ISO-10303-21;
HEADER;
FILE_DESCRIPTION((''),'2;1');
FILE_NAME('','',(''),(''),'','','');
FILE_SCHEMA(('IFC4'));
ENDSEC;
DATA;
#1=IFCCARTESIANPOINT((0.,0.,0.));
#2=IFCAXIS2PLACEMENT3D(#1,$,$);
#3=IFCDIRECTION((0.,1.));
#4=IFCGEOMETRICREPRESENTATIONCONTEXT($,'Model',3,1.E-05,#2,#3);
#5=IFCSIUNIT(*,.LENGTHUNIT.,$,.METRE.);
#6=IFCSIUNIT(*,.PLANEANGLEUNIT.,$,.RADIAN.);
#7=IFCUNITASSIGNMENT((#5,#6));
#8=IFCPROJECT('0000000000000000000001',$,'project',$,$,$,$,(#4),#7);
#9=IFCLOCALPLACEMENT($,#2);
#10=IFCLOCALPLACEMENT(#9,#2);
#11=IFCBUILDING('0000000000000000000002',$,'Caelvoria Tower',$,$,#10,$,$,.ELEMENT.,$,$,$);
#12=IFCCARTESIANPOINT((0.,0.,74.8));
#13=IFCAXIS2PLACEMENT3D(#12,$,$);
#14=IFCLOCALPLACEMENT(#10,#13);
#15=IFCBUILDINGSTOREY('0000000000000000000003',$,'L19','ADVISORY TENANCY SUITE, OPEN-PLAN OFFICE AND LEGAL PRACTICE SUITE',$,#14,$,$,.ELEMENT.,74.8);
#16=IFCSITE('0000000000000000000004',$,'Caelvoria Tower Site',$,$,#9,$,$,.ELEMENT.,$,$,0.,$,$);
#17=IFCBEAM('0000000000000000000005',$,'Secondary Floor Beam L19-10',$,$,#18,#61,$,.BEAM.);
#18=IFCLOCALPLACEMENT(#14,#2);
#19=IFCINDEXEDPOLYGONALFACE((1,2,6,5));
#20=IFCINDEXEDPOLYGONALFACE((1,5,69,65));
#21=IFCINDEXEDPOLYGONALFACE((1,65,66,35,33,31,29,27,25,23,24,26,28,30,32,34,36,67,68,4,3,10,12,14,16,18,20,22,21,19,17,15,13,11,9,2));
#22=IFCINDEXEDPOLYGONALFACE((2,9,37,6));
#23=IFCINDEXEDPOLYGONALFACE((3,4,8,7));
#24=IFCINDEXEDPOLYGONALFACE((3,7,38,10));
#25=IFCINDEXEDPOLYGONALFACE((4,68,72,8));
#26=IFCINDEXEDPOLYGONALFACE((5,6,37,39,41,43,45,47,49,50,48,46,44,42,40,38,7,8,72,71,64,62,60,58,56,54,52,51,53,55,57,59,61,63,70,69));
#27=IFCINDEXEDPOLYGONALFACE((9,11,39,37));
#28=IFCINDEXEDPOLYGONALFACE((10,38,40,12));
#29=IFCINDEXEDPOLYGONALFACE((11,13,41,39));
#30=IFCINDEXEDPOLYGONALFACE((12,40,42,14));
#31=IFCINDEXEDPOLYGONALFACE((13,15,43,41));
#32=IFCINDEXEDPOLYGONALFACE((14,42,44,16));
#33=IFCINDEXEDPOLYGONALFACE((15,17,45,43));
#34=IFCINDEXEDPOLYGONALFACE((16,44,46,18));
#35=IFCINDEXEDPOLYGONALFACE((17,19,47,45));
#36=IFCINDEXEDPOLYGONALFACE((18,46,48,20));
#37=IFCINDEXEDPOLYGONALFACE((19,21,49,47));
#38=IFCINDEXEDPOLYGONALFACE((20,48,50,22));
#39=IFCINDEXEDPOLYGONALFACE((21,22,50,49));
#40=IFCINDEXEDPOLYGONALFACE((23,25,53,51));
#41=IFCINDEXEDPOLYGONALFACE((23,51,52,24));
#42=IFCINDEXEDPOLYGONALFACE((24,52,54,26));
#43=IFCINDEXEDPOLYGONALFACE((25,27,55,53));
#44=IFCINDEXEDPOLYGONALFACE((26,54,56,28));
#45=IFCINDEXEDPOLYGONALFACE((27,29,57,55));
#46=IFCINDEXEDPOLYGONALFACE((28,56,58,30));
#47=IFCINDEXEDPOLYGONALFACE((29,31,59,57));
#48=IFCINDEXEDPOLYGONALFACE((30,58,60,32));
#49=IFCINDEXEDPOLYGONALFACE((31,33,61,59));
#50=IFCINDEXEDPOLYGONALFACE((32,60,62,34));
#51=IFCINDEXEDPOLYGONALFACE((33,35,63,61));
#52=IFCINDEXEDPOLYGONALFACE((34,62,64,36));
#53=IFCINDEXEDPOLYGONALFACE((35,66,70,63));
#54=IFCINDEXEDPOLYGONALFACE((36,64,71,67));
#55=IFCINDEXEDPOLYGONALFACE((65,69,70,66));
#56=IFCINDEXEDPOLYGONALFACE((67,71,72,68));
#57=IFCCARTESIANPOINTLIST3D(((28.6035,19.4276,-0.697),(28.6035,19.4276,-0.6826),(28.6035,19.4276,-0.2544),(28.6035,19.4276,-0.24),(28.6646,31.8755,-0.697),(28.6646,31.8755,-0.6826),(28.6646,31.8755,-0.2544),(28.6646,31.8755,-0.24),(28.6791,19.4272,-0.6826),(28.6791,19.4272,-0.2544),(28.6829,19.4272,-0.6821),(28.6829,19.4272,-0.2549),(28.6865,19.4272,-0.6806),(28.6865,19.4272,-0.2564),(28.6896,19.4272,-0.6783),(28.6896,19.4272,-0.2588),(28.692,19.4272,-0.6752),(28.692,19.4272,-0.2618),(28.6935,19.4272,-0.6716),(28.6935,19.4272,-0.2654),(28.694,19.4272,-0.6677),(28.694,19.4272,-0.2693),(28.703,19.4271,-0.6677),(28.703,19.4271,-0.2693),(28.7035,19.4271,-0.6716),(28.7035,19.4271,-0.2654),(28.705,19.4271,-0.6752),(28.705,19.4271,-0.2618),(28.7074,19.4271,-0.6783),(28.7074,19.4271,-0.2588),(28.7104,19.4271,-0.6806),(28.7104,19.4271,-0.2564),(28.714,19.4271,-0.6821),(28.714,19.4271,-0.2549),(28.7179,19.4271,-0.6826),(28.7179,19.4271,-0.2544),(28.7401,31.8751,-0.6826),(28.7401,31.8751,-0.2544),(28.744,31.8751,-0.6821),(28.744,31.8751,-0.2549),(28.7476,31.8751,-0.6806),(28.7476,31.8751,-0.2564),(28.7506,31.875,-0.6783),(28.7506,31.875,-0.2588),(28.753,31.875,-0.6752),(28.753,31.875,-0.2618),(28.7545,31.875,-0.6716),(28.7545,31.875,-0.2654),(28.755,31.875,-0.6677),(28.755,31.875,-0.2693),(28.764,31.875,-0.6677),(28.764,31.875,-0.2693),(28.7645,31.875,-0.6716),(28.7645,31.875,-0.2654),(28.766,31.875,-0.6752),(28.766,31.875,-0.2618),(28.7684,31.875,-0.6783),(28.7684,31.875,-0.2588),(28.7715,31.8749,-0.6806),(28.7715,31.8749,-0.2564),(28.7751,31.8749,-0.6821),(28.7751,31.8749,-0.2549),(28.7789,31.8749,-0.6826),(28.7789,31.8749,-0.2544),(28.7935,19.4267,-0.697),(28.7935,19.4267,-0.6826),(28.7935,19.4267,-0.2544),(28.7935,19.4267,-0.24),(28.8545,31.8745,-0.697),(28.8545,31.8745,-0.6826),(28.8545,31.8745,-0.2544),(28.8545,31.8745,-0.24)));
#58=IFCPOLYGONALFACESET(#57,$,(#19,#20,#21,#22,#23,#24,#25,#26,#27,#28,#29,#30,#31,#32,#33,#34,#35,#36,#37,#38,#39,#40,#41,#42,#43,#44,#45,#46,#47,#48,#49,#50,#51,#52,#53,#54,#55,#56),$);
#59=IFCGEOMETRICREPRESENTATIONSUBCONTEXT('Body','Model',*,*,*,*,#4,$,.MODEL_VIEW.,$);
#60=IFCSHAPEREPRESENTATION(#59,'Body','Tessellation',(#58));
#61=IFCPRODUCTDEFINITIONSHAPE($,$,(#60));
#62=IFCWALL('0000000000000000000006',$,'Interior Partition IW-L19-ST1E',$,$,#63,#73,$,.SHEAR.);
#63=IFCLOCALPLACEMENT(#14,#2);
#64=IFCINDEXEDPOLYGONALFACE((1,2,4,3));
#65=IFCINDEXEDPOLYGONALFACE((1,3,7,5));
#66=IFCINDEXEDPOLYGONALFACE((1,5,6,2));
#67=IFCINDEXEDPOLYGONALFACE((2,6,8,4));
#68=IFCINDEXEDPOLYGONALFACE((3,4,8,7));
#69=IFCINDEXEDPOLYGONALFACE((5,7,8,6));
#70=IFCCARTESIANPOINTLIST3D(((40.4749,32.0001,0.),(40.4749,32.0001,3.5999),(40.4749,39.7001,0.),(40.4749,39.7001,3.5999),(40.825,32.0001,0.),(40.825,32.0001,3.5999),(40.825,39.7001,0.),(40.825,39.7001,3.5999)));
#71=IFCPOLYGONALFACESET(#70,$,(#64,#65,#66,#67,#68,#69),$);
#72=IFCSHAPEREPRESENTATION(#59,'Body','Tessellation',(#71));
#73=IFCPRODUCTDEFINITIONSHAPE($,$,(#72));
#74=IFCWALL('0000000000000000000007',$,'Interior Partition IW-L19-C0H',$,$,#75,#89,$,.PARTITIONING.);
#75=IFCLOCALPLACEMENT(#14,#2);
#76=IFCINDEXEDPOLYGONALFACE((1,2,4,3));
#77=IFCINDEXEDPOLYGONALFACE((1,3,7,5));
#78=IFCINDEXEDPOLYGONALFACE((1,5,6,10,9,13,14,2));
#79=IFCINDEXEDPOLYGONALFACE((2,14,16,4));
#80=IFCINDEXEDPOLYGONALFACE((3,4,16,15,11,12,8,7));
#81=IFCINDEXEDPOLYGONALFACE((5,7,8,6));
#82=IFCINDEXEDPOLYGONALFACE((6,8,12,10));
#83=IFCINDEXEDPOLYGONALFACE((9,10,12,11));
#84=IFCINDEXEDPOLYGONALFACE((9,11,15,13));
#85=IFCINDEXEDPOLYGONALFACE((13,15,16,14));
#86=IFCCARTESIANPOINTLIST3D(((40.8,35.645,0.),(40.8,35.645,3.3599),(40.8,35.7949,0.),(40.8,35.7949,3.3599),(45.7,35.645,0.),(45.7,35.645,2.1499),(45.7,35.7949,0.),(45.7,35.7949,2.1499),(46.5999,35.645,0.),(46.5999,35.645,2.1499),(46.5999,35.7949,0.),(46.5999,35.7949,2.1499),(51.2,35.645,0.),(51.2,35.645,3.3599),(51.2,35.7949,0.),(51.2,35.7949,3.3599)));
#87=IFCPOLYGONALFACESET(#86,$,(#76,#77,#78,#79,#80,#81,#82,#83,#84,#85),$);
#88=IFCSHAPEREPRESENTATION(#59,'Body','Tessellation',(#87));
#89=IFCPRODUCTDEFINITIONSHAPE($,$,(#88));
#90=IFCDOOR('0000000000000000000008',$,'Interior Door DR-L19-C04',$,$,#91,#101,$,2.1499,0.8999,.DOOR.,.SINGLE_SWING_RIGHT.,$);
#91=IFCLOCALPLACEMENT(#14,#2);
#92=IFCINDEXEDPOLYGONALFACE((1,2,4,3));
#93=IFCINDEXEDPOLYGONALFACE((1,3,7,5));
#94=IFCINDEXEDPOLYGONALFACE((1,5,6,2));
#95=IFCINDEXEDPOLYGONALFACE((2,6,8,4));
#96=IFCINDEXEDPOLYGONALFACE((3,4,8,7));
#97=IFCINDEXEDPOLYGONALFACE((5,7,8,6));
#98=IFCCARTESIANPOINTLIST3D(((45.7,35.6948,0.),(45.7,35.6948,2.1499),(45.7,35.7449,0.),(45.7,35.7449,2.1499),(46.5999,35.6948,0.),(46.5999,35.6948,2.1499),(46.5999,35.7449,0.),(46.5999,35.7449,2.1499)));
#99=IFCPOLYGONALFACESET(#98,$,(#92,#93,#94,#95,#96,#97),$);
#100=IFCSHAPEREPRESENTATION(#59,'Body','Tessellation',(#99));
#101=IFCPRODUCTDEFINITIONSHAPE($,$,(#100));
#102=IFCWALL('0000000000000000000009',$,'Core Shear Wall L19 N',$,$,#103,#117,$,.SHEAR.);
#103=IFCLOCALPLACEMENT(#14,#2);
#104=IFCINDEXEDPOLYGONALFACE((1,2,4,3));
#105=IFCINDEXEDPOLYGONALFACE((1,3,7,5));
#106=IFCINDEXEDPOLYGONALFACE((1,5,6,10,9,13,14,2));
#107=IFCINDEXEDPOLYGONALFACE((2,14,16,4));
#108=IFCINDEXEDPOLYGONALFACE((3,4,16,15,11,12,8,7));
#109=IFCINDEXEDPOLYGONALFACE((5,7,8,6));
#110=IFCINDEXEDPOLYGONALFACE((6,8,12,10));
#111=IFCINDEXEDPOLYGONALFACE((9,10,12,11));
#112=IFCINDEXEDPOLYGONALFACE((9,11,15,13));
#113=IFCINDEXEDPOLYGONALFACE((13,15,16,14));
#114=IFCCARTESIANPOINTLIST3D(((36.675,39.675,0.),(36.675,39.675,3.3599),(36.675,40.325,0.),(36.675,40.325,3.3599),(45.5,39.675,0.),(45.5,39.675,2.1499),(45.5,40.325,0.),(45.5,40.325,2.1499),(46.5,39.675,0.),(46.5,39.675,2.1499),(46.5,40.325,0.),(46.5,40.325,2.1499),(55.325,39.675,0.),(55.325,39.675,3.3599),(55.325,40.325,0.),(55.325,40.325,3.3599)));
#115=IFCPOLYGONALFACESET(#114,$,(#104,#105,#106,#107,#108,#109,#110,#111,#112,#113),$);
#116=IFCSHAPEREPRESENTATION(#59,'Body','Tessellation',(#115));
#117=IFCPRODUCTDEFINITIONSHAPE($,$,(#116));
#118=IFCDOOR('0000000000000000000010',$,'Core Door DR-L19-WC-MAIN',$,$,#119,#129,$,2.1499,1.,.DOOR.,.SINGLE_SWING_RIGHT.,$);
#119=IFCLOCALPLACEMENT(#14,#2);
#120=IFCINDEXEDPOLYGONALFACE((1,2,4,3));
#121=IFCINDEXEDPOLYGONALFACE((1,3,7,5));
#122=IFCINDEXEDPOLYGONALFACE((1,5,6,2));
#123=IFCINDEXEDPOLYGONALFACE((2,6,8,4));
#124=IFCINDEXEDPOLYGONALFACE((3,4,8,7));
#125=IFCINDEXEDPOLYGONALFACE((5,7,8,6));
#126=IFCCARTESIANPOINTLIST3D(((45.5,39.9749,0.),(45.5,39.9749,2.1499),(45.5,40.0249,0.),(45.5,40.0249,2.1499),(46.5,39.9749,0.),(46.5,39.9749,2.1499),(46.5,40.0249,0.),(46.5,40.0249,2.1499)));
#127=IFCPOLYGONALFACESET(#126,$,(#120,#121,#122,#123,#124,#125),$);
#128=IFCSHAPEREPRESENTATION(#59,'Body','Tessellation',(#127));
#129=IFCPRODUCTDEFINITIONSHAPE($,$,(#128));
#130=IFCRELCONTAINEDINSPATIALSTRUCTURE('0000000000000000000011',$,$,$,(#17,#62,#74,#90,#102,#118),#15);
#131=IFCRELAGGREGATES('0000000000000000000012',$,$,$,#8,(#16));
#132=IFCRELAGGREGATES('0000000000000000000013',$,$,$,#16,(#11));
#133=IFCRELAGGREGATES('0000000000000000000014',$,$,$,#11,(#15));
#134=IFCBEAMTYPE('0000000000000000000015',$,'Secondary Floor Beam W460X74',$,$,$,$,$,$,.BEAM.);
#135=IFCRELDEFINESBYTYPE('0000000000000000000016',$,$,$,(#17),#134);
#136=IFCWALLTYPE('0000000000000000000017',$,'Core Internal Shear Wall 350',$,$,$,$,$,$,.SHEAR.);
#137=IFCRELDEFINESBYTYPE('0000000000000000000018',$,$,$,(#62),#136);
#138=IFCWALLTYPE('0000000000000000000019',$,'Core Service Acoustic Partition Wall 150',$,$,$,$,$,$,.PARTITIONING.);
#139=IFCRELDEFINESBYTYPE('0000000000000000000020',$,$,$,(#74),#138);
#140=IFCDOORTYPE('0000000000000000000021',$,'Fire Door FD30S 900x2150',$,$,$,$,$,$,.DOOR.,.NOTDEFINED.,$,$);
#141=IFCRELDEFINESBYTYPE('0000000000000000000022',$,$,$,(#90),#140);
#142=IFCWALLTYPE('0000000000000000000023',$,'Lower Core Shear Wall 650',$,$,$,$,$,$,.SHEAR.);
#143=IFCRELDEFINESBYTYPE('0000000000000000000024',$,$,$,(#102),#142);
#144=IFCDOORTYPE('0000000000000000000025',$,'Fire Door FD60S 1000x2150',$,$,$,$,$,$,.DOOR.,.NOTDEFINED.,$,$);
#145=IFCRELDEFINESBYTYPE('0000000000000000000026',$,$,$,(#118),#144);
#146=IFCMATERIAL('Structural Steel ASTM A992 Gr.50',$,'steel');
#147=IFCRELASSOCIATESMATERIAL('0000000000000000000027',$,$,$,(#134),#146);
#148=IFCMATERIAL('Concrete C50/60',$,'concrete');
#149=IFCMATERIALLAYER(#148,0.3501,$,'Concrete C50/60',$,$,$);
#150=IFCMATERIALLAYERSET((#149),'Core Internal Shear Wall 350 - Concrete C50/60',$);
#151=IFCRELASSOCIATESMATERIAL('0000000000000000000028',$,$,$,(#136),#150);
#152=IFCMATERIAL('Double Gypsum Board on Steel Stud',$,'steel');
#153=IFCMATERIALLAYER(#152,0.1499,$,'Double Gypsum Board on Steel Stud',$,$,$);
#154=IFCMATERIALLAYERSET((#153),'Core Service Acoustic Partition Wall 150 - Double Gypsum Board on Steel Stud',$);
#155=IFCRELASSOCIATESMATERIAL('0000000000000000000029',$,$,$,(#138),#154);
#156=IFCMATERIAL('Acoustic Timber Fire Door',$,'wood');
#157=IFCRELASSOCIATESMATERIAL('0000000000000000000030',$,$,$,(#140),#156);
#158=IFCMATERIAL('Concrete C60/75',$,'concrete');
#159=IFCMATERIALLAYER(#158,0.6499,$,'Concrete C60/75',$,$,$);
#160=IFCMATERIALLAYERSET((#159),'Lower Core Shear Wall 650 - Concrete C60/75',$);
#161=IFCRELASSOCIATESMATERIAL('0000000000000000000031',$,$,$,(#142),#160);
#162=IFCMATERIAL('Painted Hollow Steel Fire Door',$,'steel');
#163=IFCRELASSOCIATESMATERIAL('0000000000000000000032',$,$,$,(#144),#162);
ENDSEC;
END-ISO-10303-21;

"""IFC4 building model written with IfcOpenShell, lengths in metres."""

from ifc_helpers import new_model, si_unit, direction, frame, frame_2d, origin, origin_2d, place, context, subcontext, project, spatial, rectangle, i_section, extrude, material, layer, layer_set, material_profile, profile_set, type_object, element, fill, save


model = new_model("IFC4")

# Units and contexts
model_context = context("Model", 3, precision=1e-05, world=origin(), true_north=direction((0.0, 1.0)))
body_context = subcontext(model_context, "Body", "Model", "MODEL_VIEW")
ifc_project = project(units=[si_unit("LENGTHUNIT", "METRE"), si_unit("PLANEANGLEUNIT", "RADIAN")], contexts=[model_context])

# Site, building, storey
site_placement = place(None, origin())
site = spatial("IfcSite", under=ifc_project, at=site_placement, Name="Caelvoria Tower Site", CompositionType="ELEMENT", RefElevation=0.0)
building_placement = place(site_placement, origin())
building = spatial("IfcBuilding", under=site, at=building_placement, Name="Caelvoria Tower", CompositionType="ELEMENT")
storey_placement = place(building_placement, frame((0.0, 0.0, 74.8)))
storey = spatial("IfcBuildingStorey", under=building, at=storey_placement, Name="L19", Description="ADVISORY TENANCY SUITE, OPEN-PLAN OFFICE AND LEGAL PRACTICE SUITE", CompositionType="ELEMENT", Elevation=74.8)

# Beam
ifc_material_1 = material(Name="Structural Steel ASTM A992 Gr.50", Category="steel")
ifc_material_profile_1 = material_profile(ifc_material_1, i_section(OverallWidth=0.1899, OverallDepth=0.457, WebThickness=0.009, FlangeThickness=0.0144, FilletRadius=0.0149, at=origin_2d()), Name="Structural Steel ASTM A992 Gr.50")
ifc_profile_set_1 = profile_set([ifc_material_profile_1], Name="W460X74 - Structural Steel ASTM A992 Gr.50")
beam_type_1 = type_object("IfcBeamType", Name="Secondary Floor Beam W460X74", PredefinedType="BEAM", material=ifc_profile_set_1)
for number, where, z_axis, x_axis, name in (
    (1, (28.7595, 31.875, -0.4685), (-0.004903, -0.999988, 0.0), (0.999988, -0.004903, 0.0), "Secondary Floor Beam L19-10"),
):
    element("IfcBeam", number, at=place(storey_placement, frame(where, z_axis=z_axis, x_axis=x_axis)), inside=storey, type_object=beam_type_1, Name=name, PredefinedType="BEAM", context=body_context, shape_type="SweptSolid", body=[
        extrude(i_section(OverallWidth=0.1899, OverallDepth=0.457, WebThickness=0.009, FlangeThickness=0.0144, FilletRadius=0.0149, at=origin_2d()), origin(), (0.0, 0.0, 1.0), 12.448),
    ])

# Wall
ifc_material_2 = material(Name="Concrete C50/60", Category="concrete")
ifc_layer_1 = layer(ifc_material_2, 0.3501, Name="Concrete C50/60")
ifc_layer_set_1 = layer_set([ifc_layer_1], Name="Core Internal Shear Wall 350 - Concrete C50/60")
wall_type_1 = type_object("IfcWallType", Name="Core Internal Shear Wall 350", PredefinedType="SHEAR", material=ifc_layer_set_1)
wall_1_placement = place(storey_placement, frame((40.6499, 32.0, 0.0), z_axis=(0.0, 0.0, 1.0), x_axis=(0.0, 1.0, 0.0)))
element("IfcWall", 2, at=wall_1_placement, inside=storey, type_object=wall_type_1, Name="Interior Partition IW-L19-ST1E", PredefinedType="SHEAR", context=body_context, shape_type="SweptSolid", body=[
    extrude(rectangle(XDim=7.7, YDim=0.3501, at=frame_2d((3.8501, 0.0))), origin(), (0.0, 0.0, 1.0), 3.5999),
])

# Walls, openings, doors
ifc_material_3 = material(Name="Double Gypsum Board on Steel Stud", Category="steel")
ifc_layer_2 = layer(ifc_material_3, 0.1499, Name="Double Gypsum Board on Steel Stud")
ifc_layer_set_2 = layer_set([ifc_layer_2], Name="Core Service Acoustic Partition Wall 150 - Double Gypsum Board on Steel Stud")
wall_type_2 = type_object("IfcWallType", Name="Core Service Acoustic Partition Wall 150", PredefinedType="PARTITIONING", material=ifc_layer_set_2)
wall_2_placement = place(storey_placement, frame((40.8, 35.72, 0.0), z_axis=(0.0, 0.0, 1.0), x_axis=(1.0, 0.0, 0.0)))
wall_2 = element("IfcWall", 3, at=wall_2_placement, inside=storey, type_object=wall_type_2, Name="Interior Partition IW-L19-C0H", PredefinedType="PARTITIONING", context=body_context, shape_type="SweptSolid", body=[
    extrude(rectangle(XDim=10.3999, YDim=0.1499, at=frame_2d((5.2, 0.0))), origin(), (0.0, 0.0, 1.0), 3.3599),
])
opening_1_placement = place(wall_2_placement, frame((4.8999, 0.0, 0.0)))
opening_1 = element("IfcOpeningElement", 4, at=opening_1_placement, cuts=wall_2, PredefinedType="OPENING", context=body_context, shape_type="SweptSolid", body=[
    extrude(rectangle(XDim=0.8999, YDim=2.1499, at=frame_2d((0.45, 1.075))), frame((0.0, 0.085, 0.0), z_axis=(0.0, -1.0, 0.0), x_axis=(1.0, 0.0, 0.0)), (0.0, 0.0, 1.0), 0.1699),
])
ifc_material_4 = material(Name="Acoustic Timber Fire Door", Category="wood")
door_type_1 = type_object("IfcDoorType", Name="Fire Door FD30S 900x2150", OperationType="NOTDEFINED", PredefinedType="DOOR", material=ifc_material_4)
door_1_placement = place(opening_1_placement, origin())
door_1 = element("IfcDoor", 5, at=door_1_placement, inside=storey, type_object=door_type_1, Name="Interior Door DR-L19-C04", OperationType="SINGLE_SWING_RIGHT", OverallHeight=2.1499, OverallWidth=0.8999, PredefinedType="DOOR", context=body_context, shape_type="SweptSolid", body=[
    extrude(rectangle(XDim=0.8999, YDim=2.1499, at=frame_2d((0.45, 1.075))), frame((0.0, 0.0249, 0.0), z_axis=(0.0, -1.0, 0.0), x_axis=(1.0, 0.0, 0.0)), (0.0, 0.0, 1.0), 0.05),
])
fill(opening_1, door_1)
ifc_material_5 = material(Name="Concrete C60/75", Category="concrete")
ifc_layer_3 = layer(ifc_material_5, 0.6499, Name="Concrete C60/75")
ifc_layer_set_3 = layer_set([ifc_layer_3], Name="Lower Core Shear Wall 650 - Concrete C60/75")
wall_type_3 = type_object("IfcWallType", Name="Lower Core Shear Wall 650", PredefinedType="SHEAR", material=ifc_layer_set_3)
wall_3_placement = place(storey_placement, frame((36.675, 40.0, 0.0), z_axis=(0.0, 0.0, 1.0), x_axis=(1.0, 0.0, 0.0)))
wall_3 = element("IfcWall", 6, at=wall_3_placement, inside=storey, type_object=wall_type_3, Name="Core Shear Wall L19 N", PredefinedType="SHEAR", context=body_context, shape_type="SweptSolid", body=[
    extrude(rectangle(XDim=18.6499, YDim=0.6499, at=frame_2d((9.325, 0.0))), origin(), (0.0, 0.0, 1.0), 3.3599),
])
opening_2_placement = place(wall_3_placement, frame((8.825, 0.0, 0.0)))
opening_2 = element("IfcOpeningElement", 7, at=opening_2_placement, cuts=wall_3, PredefinedType="OPENING", context=body_context, shape_type="SweptSolid", body=[
    extrude(rectangle(XDim=1.0, YDim=2.1499, at=frame_2d((0.5, 1.075))), frame((0.0, 0.335, 0.0), z_axis=(0.0, -1.0, 0.0), x_axis=(1.0, 0.0, 0.0)), (0.0, 0.0, 1.0), 0.6699),
])
ifc_material_6 = material(Name="Painted Hollow Steel Fire Door", Category="steel")
door_type_2 = type_object("IfcDoorType", Name="Fire Door FD60S 1000x2150", OperationType="NOTDEFINED", PredefinedType="DOOR", material=ifc_material_6)
door_2_placement = place(opening_2_placement, origin())
door_2 = element("IfcDoor", 8, at=door_2_placement, inside=storey, type_object=door_type_2, Name="Core Door DR-L19-WC-MAIN", OperationType="SINGLE_SWING_RIGHT", OverallHeight=2.1499, OverallWidth=1.0, PredefinedType="DOOR", context=body_context, shape_type="SweptSolid", body=[
    extrude(rectangle(XDim=1.0, YDim=2.1499, at=frame_2d((0.5, 1.075))), frame((0.0, 0.0249, 0.0), z_axis=(0.0, -1.0, 0.0), x_axis=(1.0, 0.0, 0.0)), (0.0, 0.0, 1.0), 0.05),
])
fill(opening_2, door_2)

save(model, "model.ifc")
